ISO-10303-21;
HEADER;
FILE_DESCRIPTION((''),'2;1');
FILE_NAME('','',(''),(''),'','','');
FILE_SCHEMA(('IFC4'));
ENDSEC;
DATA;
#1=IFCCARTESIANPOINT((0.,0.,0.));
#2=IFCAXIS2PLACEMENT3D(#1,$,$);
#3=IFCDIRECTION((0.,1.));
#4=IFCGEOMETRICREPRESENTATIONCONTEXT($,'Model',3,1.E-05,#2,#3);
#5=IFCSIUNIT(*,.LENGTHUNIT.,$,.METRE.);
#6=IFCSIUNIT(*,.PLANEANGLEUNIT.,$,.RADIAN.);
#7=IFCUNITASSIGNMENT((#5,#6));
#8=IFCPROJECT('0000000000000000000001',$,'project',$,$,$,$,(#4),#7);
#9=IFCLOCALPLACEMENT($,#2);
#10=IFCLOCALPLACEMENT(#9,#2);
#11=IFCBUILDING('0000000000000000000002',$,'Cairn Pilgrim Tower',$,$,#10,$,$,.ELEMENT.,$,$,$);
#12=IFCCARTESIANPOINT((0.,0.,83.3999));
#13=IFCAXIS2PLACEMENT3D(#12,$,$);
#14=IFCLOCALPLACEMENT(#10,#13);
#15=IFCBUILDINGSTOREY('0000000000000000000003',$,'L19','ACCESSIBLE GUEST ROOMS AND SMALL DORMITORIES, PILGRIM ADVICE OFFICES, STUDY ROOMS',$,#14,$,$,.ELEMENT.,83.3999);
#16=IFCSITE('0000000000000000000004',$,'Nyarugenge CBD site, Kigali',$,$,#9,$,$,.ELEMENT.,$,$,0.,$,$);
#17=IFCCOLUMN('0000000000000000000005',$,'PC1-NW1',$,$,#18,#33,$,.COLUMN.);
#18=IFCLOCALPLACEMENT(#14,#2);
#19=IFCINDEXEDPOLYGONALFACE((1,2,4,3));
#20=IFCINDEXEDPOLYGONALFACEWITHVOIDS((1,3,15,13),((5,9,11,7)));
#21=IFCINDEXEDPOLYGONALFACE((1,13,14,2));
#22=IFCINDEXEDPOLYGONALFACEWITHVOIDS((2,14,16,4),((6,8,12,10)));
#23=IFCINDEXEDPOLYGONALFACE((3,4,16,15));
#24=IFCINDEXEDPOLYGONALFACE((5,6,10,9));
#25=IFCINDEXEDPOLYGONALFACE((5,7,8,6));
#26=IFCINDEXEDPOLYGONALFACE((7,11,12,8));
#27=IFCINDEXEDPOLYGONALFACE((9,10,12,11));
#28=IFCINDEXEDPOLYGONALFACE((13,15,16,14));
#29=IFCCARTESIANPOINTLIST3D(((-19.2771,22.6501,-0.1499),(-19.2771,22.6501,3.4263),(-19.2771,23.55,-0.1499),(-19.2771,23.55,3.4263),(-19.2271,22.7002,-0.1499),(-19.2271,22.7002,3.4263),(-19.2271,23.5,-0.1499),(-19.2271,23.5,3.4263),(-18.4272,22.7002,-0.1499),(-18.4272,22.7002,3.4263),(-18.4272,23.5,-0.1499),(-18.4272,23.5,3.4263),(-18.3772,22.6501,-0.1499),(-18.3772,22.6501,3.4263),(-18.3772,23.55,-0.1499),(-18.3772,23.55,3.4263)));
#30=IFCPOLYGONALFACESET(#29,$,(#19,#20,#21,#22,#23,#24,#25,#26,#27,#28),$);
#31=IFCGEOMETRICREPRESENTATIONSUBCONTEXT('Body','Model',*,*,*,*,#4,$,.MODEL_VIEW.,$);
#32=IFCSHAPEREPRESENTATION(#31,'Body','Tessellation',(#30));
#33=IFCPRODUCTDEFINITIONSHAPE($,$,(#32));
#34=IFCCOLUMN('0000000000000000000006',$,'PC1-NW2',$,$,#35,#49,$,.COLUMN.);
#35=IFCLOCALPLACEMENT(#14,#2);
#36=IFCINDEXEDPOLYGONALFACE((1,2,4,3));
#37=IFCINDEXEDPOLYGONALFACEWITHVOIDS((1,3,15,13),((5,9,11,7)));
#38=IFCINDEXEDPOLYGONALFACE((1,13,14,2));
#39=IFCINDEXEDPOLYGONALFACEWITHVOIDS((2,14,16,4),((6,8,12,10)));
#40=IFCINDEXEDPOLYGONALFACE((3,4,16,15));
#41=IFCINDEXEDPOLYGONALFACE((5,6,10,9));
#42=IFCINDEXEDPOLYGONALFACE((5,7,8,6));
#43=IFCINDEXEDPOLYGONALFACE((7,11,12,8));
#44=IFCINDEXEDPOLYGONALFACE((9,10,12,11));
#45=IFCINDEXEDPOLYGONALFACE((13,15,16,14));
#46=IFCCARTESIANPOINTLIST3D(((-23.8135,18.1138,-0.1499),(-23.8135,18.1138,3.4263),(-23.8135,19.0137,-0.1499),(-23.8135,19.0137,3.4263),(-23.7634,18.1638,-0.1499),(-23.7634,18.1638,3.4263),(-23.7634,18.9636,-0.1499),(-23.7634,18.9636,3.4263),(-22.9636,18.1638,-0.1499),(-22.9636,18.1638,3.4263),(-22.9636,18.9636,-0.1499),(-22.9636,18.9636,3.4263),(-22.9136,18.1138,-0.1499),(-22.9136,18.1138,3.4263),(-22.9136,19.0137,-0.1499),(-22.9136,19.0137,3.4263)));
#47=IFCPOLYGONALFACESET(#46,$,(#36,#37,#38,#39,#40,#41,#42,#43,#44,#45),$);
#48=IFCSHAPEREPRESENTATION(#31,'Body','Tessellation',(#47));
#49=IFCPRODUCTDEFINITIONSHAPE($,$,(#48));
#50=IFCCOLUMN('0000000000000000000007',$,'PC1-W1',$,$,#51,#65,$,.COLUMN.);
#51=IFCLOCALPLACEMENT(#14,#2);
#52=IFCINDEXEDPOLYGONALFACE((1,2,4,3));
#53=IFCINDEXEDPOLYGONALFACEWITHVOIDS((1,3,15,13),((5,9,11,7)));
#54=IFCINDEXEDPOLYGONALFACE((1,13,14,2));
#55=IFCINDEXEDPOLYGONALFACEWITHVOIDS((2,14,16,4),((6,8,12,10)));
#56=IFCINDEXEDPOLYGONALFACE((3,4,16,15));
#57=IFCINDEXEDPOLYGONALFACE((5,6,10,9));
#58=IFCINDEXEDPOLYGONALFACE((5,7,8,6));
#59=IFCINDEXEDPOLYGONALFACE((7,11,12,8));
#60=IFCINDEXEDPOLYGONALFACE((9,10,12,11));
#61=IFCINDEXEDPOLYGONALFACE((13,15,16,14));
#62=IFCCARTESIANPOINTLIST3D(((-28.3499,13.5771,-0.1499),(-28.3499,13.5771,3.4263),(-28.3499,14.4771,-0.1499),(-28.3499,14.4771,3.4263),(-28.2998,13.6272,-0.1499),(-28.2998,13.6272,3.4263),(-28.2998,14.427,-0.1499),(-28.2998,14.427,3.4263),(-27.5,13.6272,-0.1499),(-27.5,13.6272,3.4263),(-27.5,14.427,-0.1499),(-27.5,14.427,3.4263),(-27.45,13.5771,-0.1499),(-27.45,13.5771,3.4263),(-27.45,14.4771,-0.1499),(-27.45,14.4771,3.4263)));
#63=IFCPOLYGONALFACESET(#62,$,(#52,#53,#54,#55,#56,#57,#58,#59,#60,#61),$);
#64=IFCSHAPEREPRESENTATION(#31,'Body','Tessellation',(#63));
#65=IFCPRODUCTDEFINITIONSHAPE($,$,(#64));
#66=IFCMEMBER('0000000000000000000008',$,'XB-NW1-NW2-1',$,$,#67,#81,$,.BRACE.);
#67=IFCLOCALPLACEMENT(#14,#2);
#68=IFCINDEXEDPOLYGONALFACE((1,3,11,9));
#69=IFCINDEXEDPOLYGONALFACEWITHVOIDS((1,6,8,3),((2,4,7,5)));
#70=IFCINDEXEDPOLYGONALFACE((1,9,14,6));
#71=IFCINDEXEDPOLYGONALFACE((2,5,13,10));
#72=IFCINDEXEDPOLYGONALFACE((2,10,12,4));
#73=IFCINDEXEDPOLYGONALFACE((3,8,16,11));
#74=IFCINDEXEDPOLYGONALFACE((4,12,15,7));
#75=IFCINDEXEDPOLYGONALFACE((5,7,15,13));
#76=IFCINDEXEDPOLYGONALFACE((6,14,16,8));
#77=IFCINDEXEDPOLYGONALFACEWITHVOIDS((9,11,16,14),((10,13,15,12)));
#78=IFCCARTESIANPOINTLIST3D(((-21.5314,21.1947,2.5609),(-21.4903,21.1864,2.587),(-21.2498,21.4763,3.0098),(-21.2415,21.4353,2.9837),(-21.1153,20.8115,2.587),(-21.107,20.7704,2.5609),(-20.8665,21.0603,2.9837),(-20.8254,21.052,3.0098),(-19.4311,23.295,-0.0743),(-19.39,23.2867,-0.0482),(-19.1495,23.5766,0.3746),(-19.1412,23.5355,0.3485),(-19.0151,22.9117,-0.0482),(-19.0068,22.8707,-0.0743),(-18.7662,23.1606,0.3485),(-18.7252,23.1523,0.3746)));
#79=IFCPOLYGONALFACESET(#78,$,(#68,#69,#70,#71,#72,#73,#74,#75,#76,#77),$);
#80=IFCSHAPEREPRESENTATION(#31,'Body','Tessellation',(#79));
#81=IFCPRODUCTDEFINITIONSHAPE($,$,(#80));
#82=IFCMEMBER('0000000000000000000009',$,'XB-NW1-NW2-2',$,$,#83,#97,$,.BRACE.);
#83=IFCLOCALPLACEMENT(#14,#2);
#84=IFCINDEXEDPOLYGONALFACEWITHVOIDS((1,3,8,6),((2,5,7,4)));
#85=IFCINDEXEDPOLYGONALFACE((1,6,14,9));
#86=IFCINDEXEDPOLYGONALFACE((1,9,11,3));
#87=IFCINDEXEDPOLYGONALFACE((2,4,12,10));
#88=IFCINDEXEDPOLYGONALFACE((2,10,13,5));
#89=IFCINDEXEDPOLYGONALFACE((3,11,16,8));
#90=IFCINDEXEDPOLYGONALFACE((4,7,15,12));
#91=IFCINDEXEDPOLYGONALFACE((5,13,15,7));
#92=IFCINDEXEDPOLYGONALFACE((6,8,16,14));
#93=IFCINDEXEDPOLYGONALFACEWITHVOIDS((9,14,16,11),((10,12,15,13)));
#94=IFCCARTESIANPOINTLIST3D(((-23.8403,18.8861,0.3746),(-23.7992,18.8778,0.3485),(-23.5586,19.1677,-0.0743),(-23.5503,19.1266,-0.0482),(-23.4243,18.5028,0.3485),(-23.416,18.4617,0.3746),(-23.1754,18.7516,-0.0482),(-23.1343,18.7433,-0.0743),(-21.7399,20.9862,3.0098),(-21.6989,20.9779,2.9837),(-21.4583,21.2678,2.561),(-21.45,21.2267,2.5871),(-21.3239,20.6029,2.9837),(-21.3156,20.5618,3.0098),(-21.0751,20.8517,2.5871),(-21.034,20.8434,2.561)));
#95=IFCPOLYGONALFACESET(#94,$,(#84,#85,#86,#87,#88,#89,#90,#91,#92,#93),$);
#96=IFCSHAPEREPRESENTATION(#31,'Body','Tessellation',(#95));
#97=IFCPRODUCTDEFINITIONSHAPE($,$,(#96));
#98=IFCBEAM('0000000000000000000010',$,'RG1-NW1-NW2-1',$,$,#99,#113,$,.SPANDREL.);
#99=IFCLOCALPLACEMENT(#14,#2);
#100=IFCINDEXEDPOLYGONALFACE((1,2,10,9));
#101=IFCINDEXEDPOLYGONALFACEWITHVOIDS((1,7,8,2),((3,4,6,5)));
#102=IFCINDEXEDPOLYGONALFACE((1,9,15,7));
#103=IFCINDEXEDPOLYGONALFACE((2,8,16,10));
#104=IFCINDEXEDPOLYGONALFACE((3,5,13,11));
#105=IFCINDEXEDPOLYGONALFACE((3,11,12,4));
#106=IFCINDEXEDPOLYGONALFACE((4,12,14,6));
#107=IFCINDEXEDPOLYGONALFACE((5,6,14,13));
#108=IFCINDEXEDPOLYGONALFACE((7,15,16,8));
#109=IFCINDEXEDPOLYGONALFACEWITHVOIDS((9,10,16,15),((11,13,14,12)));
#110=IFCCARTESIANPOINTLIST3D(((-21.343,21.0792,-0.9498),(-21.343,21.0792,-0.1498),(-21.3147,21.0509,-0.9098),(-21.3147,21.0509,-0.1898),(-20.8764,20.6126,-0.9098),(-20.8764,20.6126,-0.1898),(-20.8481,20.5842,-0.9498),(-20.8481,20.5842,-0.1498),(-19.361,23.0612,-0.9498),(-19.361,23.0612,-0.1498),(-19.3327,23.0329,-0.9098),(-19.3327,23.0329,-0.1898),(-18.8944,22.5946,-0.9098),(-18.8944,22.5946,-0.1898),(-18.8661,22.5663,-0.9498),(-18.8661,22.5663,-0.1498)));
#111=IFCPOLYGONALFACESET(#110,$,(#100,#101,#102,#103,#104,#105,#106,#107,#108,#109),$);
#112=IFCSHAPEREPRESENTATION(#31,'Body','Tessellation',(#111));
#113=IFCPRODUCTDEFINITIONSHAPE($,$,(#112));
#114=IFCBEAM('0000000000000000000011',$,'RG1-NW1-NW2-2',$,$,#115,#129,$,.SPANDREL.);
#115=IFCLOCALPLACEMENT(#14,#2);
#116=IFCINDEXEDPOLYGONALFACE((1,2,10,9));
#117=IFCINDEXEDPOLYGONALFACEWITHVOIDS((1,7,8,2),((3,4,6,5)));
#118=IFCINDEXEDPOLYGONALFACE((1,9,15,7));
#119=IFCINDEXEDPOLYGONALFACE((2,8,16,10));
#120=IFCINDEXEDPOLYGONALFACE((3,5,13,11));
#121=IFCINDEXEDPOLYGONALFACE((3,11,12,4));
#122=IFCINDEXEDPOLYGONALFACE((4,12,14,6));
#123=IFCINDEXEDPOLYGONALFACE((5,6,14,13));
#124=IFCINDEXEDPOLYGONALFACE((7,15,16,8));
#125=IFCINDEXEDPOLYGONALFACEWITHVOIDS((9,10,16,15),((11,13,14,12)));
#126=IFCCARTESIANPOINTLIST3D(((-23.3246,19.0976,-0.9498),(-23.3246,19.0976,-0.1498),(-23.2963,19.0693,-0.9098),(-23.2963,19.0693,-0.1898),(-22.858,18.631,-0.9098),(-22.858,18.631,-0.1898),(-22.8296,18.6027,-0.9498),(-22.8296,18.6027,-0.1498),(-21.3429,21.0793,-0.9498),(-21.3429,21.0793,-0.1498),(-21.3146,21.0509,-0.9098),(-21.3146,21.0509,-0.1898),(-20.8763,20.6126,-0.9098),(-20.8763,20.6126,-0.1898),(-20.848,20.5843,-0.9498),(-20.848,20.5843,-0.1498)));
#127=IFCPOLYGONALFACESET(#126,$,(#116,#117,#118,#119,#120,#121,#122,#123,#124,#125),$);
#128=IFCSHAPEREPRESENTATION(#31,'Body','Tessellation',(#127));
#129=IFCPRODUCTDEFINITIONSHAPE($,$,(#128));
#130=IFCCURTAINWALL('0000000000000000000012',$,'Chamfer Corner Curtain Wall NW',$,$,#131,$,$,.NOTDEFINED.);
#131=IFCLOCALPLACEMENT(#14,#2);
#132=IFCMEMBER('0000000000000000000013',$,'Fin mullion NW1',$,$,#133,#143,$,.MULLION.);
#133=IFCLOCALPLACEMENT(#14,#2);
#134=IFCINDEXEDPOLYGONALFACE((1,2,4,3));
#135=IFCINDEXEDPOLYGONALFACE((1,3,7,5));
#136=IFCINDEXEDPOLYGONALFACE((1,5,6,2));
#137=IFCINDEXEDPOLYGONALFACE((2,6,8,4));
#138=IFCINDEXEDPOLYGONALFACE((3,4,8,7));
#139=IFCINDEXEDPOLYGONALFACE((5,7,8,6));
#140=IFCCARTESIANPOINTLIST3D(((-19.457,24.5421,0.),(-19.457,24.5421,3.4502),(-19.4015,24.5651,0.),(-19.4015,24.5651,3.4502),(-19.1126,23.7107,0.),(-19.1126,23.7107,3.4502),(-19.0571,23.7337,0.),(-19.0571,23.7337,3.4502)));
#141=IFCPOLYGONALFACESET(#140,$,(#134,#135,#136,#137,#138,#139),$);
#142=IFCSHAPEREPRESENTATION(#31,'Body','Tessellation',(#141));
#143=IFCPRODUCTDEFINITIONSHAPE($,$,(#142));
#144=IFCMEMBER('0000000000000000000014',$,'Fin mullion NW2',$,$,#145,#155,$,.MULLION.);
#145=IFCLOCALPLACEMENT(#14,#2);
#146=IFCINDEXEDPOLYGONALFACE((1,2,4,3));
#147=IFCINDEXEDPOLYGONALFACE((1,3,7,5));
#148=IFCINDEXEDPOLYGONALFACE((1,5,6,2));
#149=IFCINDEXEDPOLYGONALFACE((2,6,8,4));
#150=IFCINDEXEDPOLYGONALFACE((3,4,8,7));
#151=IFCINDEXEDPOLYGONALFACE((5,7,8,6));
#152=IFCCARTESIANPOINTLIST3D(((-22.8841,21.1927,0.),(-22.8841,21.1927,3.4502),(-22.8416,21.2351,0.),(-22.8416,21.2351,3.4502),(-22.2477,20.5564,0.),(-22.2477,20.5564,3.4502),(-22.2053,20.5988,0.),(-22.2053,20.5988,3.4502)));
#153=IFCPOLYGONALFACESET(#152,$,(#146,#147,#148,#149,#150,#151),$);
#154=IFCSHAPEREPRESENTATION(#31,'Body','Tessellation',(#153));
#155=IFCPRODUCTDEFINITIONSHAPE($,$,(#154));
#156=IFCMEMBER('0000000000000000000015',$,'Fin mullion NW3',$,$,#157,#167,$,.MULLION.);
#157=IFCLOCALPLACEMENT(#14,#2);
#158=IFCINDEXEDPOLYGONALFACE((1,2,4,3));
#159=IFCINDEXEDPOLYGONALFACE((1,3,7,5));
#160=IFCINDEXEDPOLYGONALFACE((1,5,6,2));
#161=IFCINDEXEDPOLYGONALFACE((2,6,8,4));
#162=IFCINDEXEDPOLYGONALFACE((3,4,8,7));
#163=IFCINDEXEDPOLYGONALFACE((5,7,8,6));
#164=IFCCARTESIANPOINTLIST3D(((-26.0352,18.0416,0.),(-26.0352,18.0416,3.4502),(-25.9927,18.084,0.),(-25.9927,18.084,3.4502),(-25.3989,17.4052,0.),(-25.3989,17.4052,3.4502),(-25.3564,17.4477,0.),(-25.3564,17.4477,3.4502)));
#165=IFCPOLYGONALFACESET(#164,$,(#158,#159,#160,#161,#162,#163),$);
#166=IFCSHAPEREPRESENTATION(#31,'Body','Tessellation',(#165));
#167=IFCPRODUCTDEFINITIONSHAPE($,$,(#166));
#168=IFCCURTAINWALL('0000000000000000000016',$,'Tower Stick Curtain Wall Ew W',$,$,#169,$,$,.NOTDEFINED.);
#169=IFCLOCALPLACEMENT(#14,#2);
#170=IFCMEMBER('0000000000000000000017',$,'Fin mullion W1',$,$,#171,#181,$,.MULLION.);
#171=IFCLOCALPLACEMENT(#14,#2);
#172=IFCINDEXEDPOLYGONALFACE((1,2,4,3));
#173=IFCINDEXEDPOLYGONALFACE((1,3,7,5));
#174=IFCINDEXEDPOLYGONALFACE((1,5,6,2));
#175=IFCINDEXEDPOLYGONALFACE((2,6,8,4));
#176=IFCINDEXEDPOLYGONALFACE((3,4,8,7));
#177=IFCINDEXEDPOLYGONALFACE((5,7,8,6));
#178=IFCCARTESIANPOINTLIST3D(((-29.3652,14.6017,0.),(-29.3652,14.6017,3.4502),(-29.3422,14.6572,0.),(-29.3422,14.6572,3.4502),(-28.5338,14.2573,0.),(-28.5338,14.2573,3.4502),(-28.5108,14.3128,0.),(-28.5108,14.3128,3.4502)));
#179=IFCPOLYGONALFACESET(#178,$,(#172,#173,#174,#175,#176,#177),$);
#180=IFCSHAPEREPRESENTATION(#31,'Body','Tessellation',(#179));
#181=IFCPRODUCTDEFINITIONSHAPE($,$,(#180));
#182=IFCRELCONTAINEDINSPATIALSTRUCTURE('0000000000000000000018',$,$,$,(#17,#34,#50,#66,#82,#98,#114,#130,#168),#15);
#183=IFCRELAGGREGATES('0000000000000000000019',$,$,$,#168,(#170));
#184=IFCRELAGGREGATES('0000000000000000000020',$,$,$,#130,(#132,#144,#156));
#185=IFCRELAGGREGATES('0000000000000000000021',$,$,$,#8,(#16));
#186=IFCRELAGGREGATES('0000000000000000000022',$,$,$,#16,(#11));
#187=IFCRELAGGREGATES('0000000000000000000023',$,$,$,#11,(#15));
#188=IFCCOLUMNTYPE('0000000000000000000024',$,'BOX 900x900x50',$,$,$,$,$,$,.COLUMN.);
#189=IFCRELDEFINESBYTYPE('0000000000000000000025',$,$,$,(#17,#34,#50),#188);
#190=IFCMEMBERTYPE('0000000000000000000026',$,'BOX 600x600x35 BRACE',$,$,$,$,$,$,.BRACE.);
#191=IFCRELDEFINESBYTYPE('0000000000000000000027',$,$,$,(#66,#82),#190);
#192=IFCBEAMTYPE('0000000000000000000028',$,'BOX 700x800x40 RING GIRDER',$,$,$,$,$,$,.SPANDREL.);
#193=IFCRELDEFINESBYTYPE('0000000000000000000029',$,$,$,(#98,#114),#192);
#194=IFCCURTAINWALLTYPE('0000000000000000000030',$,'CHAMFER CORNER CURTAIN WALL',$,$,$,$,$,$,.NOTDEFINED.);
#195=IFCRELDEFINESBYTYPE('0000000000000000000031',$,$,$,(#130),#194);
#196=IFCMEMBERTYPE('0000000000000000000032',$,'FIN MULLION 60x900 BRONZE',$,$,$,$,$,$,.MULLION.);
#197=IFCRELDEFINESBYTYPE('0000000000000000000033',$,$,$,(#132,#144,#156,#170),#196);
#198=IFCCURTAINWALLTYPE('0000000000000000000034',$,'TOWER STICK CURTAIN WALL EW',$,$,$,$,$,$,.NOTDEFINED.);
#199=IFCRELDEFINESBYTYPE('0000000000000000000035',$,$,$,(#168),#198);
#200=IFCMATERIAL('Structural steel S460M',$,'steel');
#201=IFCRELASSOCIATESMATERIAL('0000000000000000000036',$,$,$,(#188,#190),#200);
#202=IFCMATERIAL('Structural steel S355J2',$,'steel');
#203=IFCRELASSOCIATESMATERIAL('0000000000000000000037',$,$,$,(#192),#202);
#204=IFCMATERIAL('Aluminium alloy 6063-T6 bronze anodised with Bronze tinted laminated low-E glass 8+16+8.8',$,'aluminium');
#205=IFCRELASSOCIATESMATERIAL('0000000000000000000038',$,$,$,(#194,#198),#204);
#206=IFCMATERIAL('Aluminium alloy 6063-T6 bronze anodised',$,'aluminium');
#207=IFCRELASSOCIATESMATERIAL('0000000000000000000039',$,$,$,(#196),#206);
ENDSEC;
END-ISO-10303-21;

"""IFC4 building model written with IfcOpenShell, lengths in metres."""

from ifc_helpers import new_model, si_unit, direction, frame, origin, origin_2d, place, context, subcontext, project, spatial, rectangle, hollow_rectangle, extrude, clip, halfspace, material, material_profile, profile_set, type_object, element, aggregate, save


model = new_model("IFC4")

# Units and contexts
model_context = context("Model", 3, precision=1e-05, world=origin(), true_north=direction((0.0, 1.0)))
body_context = subcontext(model_context, "Body", "Model", "MODEL_VIEW")
ifc_project = project(units=[si_unit("LENGTHUNIT", "METRE"), si_unit("PLANEANGLEUNIT", "RADIAN")], contexts=[model_context])

# Site, building, storey
site_placement = place(None, origin())
site = spatial("IfcSite", under=ifc_project, at=site_placement, Name="Nyarugenge CBD site, Kigali", CompositionType="ELEMENT", RefElevation=0.0)
building_placement = place(site_placement, origin())
building = spatial("IfcBuilding", under=site, at=building_placement, Name="Cairn Pilgrim Tower", CompositionType="ELEMENT")
storey_placement = place(building_placement, frame((0.0, 0.0, 83.3999)))
storey = spatial("IfcBuildingStorey", under=building, at=storey_placement, Name="L19", Description="ACCESSIBLE GUEST ROOMS AND SMALL DORMITORIES, PILGRIM ADVICE OFFICES, STUDY ROOMS", CompositionType="ELEMENT", Elevation=83.3999)

# Columns
ifc_material_1 = material(Name="Structural steel S460M", Category="steel")
ifc_material_profile_1 = material_profile(ifc_material_1, hollow_rectangle(XDim=0.8999, YDim=0.8999, WallThickness=0.05, at=origin_2d()), Name="BOX 900x900x50")
ifc_profile_set_1 = profile_set([ifc_material_profile_1], Name="Structural steel S460M")
column_type = type_object("IfcColumnType", Name="BOX 900x900x50", PredefinedType="COLUMN", material=ifc_profile_set_1)
for number, where, z_axis, x_axis, name in (
    (1, (-18.8271, 23.1001, -0.1499), (0.0, 0.0, 1.0), (1.0, 0.0, 0.0), "PC1-NW1"),
    (2, (-23.3635, 18.5637, -0.1499), (0.0, 0.0, 1.0), (1.0, 0.0, 0.0), "PC1-NW2"),
    (3, (-27.8999, 14.0271, -0.1499), (0.0, 0.0, 1.0), (1.0, 0.0, 0.0), "PC1-W1"),
):
    element("IfcColumn", number, at=place(storey_placement, frame(where, z_axis=z_axis, x_axis=x_axis)), inside=storey, type_object=column_type, Name=name, PredefinedType="COLUMN", context=body_context, shape_type="Clipping", body=[
        clip(extrude(hollow_rectangle(XDim=0.8999, YDim=0.8999, WallThickness=0.05, at=origin_2d()), origin(), (0.0, 0.0, 1.0), 3.6001), halfspace(frame((0.0, 0.0, 3.5762), z_axis=(0.0, 0.0, 1.0), x_axis=(1.0, 0.0, 0.0)), False)),
    ])

# Members
ifc_material_profile_2 = material_profile(ifc_material_1, hollow_rectangle(XDim=0.6001, YDim=0.6001, WallThickness=0.0349, at=origin_2d()), Name="BOX 600x600x35")
ifc_profile_set_2 = profile_set([ifc_material_profile_2], Name="Structural steel S460M")
member_type_1 = type_object("IfcMemberType", Name="BOX 600x600x35 BRACE", PredefinedType="BRACE", material=ifc_profile_set_2)
for number, where, z_axis, x_axis, name in (
    (4, (-19.0781, 23.2236, 0.1501), (-0.528944, -0.528944, 0.663654), (0.707107, -0.707107, 0.0), "XB-NW1-NW2-1"),
    (5, (-23.4873, 18.8147, 0.1501), (0.528961, 0.528899, 0.663676), (-0.707066, 0.707148, 0.0), "XB-NW1-NW2-2"),
):
    element("IfcMember", number, at=place(storey_placement, frame(where, z_axis=z_axis, x_axis=x_axis)), inside=storey, type_object=member_type_1, Name=name, PredefinedType="BRACE", context=body_context, shape_type="SweptSolid", body=[
        extrude(hollow_rectangle(XDim=0.6001, YDim=0.6001, WallThickness=0.0349, at=origin_2d()), origin(), (0.0, 0.0, 1.0), 3.9707),
    ])

# Beams
ifc_material_2 = material(Name="Structural steel S355J2", Category="steel")
ifc_material_profile_3 = material_profile(ifc_material_2, hollow_rectangle(XDim=0.7, YDim=0.8, WallThickness=0.04, at=origin_2d()), Name="BOX 700x800x40")
ifc_profile_set_3 = profile_set([ifc_material_profile_3], Name="Structural steel S355J2")
beam_type_1 = type_object("IfcBeamType", Name="BOX 700x800x40 RING GIRDER", PredefinedType="SPANDREL", material=ifc_profile_set_3)
beam_1_placement = place(storey_placement, frame((-19.1135, 22.8137, -0.5498), z_axis=(-0.707107, -0.707107, 0.0), x_axis=(0.707107, -0.707107, 0.0)))
element("IfcBeam", 6, at=beam_1_placement, inside=storey, type_object=beam_type_1, Name="RG1-NW1-NW2-1", PredefinedType="SPANDREL", context=body_context, shape_type="SweptSolid", body=[
    extrude(hollow_rectangle(XDim=0.7, YDim=0.8, WallThickness=0.04, at=origin_2d()), origin(), (0.0, 0.0, 1.0), 2.803),
])
beam_2_placement = place(storey_placement, frame((-21.0955, 20.8318, -0.5498), z_axis=(-0.707107, -0.707107, 0.0), x_axis=(0.707107, -0.707107, 0.0)))
element("IfcBeam", 7, at=beam_2_placement, inside=storey, type_object=beam_type_1, Name="RG1-NW1-NW2-2", PredefinedType="SPANDREL", context=body_context, shape_type="SweptSolid", body=[
    extrude(hollow_rectangle(XDim=0.7, YDim=0.8, WallThickness=0.04, at=origin_2d()), origin(), (0.0, 0.0, 1.0), 2.8025),
])

# Curtain wall, members
ifc_material_3 = material(Name="Aluminium alloy 6063-T6 bronze anodised with Bronze tinted laminated low-E glass 8+16+8.8", Category="aluminium")
curtain_wall_type_1 = type_object("IfcCurtainWallType", Name="CHAMFER CORNER CURTAIN WALL", PredefinedType="NOTDEFINED", material=ifc_material_3)
curtain_wall_1_placement = place(storey_placement, origin())
curtain_wall_1 = element("IfcCurtainWall", 8, at=curtain_wall_1_placement, inside=storey, type_object=curtain_wall_type_1, Name="Chamfer Corner Curtain Wall NW", PredefinedType="NOTDEFINED")
ifc_material_4 = material(Name="Aluminium alloy 6063-T6 bronze anodised", Category="aluminium")
ifc_material_profile_4 = material_profile(ifc_material_4, rectangle(XDim=0.8999, YDim=0.0601, at=origin_2d()), Name="FIN MULLION 60x900 BRONZE")
ifc_profile_set_4 = profile_set([ifc_material_profile_4], Name="Aluminium alloy 6063-T6 bronze anodised")
member_type_2 = type_object("IfcMemberType", Name="FIN MULLION 60x900 BRONZE", PredefinedType="MULLION", material=ifc_profile_set_4)
member_1_placement = place(storey_placement, frame((-19.2571, 24.1379, 0.0), z_axis=(0.0, 0.0, 1.0), x_axis=(-0.382683, 0.92388, 0.0)))
member_1 = element("IfcMember", 9, at=member_1_placement, type_object=member_type_2, Name="Fin mullion NW1", PredefinedType="MULLION", context=body_context, shape_type="SweptSolid", body=[
    extrude(rectangle(XDim=0.8999, YDim=0.0601, at=origin_2d()), origin(), (0.0, 0.0, 1.0), 3.4502),
])
member_2_placement = place(storey_placement, frame((-22.5447, 20.8958, 0.0), z_axis=(0.0, 0.0, 1.0), x_axis=(-0.707107, 0.707107, 0.0)))
member_2 = element("IfcMember", 10, at=member_2_placement, type_object=member_type_2, Name="Fin mullion NW2", PredefinedType="MULLION", context=body_context, shape_type="SweptSolid", body=[
    extrude(rectangle(XDim=0.8999, YDim=0.0601, at=origin_2d()), origin(), (0.0, 0.0, 1.0), 3.4502),
])
member_3_placement = place(storey_placement, frame((-25.6958, 17.7446, 0.0), z_axis=(0.0, 0.0, 1.0), x_axis=(-0.707107, 0.707107, 0.0)))
member_3 = element("IfcMember", 11, at=member_3_placement, type_object=member_type_2, Name="Fin mullion NW3", PredefinedType="MULLION", context=body_context, shape_type="SweptSolid", body=[
    extrude(rectangle(XDim=0.8999, YDim=0.0601, at=origin_2d()), origin(), (0.0, 0.0, 1.0), 3.4502),
])

# Curtain wall, member
curtain_wall_type_2 = type_object("IfcCurtainWallType", Name="TOWER STICK CURTAIN WALL EW", PredefinedType="NOTDEFINED", material=ifc_material_3)
curtain_wall_2_placement = place(storey_placement, origin())
curtain_wall_2 = element("IfcCurtainWall", 12, at=curtain_wall_2_placement, inside=storey, type_object=curtain_wall_type_2, Name="Tower Stick Curtain Wall Ew W", PredefinedType="NOTDEFINED")
member_4_placement = place(storey_placement, frame((-28.938, 14.4573, 0.0), z_axis=(0.0, 0.0, 1.0), x_axis=(-0.92388, 0.382683, 0.0)))
member_4 = element("IfcMember", 13, at=member_4_placement, type_object=member_type_2, Name="Fin mullion W1", PredefinedType="MULLION", context=body_context, shape_type="SweptSolid", body=[
    extrude(rectangle(XDim=0.8999, YDim=0.0601, at=origin_2d()), origin(), (0.0, 0.0, 1.0), 3.4502),
])

aggregate(curtain_wall_2, [member_4])

aggregate(curtain_wall_1, [member_1, member_2, member_3])

save(model, "model.ifc")
